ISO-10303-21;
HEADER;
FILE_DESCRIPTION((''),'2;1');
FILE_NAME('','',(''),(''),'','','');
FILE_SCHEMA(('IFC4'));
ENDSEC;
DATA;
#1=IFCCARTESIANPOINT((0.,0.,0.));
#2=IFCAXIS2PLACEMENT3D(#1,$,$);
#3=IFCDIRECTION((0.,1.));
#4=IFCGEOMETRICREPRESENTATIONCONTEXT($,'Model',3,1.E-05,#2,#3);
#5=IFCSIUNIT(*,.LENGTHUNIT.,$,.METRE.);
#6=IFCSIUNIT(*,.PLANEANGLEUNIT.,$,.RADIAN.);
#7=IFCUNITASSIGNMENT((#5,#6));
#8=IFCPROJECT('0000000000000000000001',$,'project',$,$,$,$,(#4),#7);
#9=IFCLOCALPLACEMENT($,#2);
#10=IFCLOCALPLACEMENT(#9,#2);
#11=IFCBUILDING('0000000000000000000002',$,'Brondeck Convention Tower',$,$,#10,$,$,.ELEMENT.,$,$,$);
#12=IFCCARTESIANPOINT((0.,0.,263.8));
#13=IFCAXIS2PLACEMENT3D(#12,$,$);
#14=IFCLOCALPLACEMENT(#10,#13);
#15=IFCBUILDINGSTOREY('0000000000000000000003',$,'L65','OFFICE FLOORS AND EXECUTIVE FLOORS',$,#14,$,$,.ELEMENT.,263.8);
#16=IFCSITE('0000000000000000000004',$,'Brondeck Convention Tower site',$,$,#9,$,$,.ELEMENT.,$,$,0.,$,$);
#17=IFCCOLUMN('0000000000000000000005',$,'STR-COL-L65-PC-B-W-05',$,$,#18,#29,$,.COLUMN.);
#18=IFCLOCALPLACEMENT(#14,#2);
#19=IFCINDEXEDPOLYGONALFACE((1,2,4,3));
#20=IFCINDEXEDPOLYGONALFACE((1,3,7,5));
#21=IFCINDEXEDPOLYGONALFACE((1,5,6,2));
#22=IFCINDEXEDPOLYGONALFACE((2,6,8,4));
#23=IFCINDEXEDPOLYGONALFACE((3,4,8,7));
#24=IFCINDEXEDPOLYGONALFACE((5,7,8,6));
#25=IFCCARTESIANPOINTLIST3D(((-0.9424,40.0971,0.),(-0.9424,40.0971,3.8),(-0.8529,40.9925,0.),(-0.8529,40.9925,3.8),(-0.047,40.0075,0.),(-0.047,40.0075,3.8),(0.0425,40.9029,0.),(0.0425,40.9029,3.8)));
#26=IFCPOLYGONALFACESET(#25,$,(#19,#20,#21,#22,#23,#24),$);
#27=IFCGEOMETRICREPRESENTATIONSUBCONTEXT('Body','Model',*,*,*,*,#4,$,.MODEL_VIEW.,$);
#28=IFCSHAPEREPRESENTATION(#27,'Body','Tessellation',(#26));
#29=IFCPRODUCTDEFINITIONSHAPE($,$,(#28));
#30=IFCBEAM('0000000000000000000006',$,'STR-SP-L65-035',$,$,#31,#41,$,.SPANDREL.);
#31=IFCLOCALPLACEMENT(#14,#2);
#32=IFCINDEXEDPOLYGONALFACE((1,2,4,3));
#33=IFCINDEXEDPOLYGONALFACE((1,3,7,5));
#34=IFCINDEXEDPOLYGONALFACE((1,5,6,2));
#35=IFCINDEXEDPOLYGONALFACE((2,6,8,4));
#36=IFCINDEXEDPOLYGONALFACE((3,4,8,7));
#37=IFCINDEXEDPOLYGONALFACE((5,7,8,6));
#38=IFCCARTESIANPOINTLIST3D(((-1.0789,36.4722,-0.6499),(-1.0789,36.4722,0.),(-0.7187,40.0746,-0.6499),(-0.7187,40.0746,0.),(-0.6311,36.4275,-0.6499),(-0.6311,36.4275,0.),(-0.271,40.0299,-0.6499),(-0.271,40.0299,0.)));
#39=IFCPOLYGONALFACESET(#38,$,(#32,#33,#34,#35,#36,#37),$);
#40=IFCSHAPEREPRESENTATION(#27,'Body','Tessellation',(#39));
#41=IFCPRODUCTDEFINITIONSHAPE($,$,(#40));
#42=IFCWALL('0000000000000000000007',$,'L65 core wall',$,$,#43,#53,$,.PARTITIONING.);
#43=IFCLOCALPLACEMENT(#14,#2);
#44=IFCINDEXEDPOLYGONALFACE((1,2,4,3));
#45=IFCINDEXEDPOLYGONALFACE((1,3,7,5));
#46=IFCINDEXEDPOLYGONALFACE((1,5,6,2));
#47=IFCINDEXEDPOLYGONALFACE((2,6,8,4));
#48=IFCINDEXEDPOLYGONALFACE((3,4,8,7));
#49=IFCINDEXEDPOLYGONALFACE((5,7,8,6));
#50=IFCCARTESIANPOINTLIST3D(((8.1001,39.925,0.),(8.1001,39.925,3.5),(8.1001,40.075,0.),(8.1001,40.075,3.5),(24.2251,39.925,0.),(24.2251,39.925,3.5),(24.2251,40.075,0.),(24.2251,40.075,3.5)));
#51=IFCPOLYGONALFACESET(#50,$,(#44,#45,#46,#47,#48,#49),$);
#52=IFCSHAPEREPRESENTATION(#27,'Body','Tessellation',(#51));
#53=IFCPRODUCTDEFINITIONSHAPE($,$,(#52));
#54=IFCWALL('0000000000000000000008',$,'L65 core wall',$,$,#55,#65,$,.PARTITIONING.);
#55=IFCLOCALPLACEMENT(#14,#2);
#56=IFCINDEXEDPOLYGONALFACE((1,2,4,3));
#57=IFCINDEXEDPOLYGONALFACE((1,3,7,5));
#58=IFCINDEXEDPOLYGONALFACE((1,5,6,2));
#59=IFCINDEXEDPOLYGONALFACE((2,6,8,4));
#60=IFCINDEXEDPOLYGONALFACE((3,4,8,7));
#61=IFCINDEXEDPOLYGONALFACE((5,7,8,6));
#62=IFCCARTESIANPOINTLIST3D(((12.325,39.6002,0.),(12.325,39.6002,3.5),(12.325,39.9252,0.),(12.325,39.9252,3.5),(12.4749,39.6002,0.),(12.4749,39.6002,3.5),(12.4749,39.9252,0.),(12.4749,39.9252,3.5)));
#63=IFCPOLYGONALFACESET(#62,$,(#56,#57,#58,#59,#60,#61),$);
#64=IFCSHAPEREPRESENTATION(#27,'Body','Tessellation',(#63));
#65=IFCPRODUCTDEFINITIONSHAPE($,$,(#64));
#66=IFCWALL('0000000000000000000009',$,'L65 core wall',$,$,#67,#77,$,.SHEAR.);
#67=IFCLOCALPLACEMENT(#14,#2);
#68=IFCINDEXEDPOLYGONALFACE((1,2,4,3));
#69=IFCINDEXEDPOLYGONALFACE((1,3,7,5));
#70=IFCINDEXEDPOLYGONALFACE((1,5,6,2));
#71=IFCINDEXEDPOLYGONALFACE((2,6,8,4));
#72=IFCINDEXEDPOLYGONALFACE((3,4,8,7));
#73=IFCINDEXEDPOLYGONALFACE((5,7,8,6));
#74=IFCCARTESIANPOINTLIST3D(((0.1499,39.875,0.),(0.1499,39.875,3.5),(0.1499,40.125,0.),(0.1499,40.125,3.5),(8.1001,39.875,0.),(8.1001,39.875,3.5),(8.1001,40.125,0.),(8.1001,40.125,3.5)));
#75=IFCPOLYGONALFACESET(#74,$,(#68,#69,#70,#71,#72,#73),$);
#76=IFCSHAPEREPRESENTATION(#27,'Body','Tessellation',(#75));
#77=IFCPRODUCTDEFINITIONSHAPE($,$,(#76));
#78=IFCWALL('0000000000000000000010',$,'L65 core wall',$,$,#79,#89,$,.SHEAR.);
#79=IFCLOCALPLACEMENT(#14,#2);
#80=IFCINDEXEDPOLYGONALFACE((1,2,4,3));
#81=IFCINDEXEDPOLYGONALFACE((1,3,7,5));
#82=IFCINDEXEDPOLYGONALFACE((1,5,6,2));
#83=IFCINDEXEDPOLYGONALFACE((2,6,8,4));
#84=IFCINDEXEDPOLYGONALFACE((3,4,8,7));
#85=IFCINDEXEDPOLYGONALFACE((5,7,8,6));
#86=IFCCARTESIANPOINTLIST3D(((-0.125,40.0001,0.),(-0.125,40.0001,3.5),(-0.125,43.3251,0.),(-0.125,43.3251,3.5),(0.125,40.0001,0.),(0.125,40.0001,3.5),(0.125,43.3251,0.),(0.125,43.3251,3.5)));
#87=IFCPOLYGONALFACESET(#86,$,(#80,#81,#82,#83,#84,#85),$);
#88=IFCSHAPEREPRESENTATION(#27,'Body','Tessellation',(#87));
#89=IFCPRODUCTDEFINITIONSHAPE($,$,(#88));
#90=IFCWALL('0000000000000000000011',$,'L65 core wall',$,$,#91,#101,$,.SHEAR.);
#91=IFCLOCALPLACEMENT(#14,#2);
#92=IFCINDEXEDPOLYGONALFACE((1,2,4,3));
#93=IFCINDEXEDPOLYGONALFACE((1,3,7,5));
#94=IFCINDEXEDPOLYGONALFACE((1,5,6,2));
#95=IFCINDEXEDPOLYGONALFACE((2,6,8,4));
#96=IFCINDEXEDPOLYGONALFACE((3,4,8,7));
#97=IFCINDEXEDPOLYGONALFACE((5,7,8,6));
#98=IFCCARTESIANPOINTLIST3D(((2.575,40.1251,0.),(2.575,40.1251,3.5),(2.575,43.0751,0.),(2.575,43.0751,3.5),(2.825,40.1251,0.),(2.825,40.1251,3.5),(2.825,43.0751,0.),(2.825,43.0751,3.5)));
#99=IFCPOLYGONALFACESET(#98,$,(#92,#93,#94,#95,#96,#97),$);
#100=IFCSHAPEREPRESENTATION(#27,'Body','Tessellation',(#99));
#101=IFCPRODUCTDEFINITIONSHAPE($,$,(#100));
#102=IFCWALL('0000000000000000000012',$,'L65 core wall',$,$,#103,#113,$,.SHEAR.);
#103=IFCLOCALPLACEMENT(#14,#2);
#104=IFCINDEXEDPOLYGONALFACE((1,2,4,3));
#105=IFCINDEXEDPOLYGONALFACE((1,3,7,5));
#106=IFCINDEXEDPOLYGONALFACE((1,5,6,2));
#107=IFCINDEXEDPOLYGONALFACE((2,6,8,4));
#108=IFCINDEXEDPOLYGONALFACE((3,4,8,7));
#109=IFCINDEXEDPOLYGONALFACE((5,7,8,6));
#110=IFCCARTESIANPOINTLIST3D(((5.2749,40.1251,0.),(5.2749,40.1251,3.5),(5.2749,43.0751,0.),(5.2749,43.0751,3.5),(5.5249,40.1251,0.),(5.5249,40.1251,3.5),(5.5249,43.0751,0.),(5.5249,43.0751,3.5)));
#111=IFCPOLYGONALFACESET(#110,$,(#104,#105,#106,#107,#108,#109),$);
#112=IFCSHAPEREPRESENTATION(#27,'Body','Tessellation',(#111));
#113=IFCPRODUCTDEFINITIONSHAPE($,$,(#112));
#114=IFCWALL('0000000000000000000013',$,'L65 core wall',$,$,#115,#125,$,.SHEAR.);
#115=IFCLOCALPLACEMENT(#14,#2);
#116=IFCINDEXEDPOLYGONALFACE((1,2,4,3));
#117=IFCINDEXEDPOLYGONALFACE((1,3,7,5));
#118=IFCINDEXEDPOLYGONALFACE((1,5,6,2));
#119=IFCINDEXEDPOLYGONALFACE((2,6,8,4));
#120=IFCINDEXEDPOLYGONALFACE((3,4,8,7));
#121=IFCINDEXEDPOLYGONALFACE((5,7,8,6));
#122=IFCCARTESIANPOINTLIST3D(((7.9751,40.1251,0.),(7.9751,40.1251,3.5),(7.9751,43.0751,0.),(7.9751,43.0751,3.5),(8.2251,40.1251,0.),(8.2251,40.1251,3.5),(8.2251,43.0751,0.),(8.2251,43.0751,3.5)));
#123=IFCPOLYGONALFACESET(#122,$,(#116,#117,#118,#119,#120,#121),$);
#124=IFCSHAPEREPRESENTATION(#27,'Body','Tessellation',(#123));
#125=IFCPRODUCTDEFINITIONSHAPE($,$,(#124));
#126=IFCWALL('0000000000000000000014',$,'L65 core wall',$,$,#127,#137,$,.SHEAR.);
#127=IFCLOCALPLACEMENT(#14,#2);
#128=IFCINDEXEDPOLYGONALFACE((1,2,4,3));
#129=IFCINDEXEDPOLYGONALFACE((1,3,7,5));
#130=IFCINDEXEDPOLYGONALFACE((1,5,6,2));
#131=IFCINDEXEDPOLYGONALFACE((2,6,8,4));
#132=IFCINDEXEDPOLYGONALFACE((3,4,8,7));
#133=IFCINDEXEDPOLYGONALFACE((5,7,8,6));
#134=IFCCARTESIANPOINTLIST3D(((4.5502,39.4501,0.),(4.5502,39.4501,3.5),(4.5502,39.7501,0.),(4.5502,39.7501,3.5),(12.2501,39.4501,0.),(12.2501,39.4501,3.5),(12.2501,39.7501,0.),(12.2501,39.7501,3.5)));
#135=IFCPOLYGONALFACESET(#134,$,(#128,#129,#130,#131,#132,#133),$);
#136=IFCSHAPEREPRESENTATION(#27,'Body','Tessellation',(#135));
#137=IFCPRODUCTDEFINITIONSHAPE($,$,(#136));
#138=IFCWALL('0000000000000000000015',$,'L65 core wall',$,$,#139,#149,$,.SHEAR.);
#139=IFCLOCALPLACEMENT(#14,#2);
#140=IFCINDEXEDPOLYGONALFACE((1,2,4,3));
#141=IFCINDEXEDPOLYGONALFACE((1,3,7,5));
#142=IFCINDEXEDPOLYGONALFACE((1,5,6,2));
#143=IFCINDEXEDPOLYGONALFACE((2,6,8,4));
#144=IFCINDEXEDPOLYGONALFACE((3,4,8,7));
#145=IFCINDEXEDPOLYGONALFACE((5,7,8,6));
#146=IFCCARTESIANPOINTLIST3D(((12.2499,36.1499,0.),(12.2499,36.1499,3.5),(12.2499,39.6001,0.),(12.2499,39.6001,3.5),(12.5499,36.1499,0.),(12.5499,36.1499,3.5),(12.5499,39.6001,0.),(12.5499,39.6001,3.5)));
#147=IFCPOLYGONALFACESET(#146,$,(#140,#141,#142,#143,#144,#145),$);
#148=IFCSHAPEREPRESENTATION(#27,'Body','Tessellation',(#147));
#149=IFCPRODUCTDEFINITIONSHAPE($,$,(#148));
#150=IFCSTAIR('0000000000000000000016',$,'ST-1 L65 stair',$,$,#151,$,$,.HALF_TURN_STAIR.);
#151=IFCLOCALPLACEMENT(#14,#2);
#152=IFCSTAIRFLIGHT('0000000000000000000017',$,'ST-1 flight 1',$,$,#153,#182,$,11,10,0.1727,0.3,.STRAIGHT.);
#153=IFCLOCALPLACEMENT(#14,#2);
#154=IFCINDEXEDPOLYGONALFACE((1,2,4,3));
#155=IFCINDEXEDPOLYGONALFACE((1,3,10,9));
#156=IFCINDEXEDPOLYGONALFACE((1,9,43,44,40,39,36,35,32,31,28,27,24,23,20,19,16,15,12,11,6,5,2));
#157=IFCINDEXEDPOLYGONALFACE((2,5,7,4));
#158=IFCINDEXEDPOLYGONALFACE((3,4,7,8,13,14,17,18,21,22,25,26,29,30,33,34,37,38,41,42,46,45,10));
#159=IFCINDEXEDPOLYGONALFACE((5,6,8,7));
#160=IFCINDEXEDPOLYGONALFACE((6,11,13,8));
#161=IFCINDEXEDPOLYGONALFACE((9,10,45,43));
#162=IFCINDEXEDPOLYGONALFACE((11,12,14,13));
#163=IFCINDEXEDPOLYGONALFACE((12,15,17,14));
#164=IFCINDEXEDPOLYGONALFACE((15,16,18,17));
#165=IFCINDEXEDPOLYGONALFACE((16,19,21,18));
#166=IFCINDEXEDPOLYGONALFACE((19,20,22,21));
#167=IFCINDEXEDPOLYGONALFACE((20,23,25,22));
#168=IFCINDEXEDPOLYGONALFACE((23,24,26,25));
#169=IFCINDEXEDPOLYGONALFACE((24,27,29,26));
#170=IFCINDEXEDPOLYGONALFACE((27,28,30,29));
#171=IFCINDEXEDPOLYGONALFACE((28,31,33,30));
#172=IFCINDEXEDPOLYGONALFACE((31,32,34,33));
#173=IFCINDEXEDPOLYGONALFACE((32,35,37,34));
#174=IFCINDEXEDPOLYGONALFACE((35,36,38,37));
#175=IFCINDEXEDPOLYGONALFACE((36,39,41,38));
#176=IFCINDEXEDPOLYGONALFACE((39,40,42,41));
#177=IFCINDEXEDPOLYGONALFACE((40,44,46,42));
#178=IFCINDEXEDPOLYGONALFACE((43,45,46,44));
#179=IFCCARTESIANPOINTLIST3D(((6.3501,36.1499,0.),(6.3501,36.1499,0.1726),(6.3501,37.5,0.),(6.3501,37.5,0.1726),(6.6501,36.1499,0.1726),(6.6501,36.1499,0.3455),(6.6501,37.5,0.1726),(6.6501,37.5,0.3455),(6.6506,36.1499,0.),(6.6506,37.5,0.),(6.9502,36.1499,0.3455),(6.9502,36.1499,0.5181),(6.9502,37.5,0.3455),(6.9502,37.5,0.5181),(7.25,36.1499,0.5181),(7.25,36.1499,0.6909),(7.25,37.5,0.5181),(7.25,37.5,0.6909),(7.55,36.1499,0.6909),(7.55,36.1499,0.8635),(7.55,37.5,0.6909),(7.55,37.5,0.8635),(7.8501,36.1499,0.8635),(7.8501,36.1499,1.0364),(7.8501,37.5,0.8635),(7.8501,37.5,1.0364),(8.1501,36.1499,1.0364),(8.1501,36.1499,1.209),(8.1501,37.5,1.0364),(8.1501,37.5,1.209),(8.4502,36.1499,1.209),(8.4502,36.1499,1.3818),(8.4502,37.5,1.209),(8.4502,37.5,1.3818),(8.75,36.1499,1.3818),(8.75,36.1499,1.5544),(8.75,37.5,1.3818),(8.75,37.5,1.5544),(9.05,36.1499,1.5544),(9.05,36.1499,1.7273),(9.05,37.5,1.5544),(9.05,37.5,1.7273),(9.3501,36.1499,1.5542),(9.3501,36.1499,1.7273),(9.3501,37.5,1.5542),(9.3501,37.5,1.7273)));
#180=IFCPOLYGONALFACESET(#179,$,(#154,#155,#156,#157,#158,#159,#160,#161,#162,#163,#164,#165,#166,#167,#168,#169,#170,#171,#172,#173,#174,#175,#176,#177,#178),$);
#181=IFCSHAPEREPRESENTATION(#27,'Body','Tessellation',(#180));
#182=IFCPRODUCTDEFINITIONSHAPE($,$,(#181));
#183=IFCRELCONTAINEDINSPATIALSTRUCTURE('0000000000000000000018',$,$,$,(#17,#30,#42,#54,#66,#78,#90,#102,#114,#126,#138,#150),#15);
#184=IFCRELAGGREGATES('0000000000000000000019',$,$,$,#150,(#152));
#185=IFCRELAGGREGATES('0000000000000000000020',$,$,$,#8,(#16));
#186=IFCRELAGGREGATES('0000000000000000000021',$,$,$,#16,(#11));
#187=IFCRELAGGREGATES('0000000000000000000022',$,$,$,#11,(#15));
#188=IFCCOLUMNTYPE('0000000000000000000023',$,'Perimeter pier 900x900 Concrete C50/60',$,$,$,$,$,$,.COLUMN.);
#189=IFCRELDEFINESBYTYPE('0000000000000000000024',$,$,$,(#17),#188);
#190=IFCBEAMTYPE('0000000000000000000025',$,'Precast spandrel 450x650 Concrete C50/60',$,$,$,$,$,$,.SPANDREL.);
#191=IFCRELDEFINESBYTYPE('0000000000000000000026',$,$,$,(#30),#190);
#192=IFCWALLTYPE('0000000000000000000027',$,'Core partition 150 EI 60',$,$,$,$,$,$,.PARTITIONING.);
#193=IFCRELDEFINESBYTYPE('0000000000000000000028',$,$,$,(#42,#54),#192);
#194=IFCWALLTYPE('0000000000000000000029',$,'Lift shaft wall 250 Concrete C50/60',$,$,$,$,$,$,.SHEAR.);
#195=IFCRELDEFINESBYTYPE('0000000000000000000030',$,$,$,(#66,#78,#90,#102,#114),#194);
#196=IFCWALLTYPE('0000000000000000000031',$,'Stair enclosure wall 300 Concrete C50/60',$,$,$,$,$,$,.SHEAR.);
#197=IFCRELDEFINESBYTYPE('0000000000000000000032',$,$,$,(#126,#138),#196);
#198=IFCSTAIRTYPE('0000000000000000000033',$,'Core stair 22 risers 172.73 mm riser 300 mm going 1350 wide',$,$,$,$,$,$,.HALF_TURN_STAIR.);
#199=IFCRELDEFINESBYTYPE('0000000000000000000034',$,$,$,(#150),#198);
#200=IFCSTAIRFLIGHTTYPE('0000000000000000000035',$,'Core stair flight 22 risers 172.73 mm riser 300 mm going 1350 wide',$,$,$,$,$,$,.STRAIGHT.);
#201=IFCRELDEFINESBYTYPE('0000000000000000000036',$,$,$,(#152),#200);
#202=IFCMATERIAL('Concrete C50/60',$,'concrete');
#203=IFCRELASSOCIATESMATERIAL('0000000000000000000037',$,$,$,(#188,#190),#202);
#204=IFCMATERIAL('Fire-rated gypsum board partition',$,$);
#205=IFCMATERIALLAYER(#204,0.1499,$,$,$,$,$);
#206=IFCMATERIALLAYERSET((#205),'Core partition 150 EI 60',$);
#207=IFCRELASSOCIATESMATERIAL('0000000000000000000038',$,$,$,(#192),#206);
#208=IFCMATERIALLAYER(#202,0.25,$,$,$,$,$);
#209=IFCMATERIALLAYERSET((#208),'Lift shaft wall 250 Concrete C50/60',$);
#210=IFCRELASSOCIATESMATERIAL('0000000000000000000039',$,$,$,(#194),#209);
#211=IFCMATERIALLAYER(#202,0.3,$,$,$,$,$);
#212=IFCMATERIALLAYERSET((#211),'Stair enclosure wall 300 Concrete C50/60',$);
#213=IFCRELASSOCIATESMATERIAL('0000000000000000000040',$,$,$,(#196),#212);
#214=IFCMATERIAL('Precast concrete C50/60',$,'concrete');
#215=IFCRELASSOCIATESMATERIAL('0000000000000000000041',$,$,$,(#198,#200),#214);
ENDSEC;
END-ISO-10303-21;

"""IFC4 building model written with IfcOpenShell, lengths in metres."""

from ifc_helpers import new_model, si_unit, direction, frame, frame_2d, origin, origin_2d, place, context, subcontext, project, spatial, polyline, rectangle, outline, extrude, material, layer, layer_set, material_profile, profile_set, type_object, element, aggregate, save


model = new_model("IFC4")

# Units and contexts
model_context = context("Model", 3, precision=1e-05, world=origin(), true_north=direction((0.0, 1.0)))
body_context = subcontext(model_context, "Body", "Model", "MODEL_VIEW")
ifc_project = project(units=[si_unit("LENGTHUNIT", "METRE"), si_unit("PLANEANGLEUNIT", "RADIAN")], contexts=[model_context])

# Site, building, storey
site_placement = place(None, origin())
site = spatial("IfcSite", under=ifc_project, at=site_placement, Name="Brondeck Convention Tower site", CompositionType="ELEMENT", RefElevation=0.0)
building_placement = place(site_placement, origin())
building = spatial("IfcBuilding", under=site, at=building_placement, Name="Brondeck Convention Tower", CompositionType="ELEMENT")
storey_placement = place(building_placement, frame((0.0, 0.0, 263.8)))
storey = spatial("IfcBuildingStorey", under=building, at=storey_placement, Name="L65", Description="OFFICE FLOORS AND EXECUTIVE FLOORS", CompositionType="ELEMENT", Elevation=263.8)

# Column
ifc_material_1 = material(Name="Concrete C50/60", Category="concrete")
ifc_material_profile_1 = material_profile(ifc_material_1, rectangle(XDim=0.8999, YDim=0.8999, at=origin_2d()), Name="Perimeter pier 900x900 Concrete C50/60")
ifc_profile_set_1 = profile_set([ifc_material_profile_1], Name="Concrete C50/60")
column_type = type_object("IfcColumnType", Name="Perimeter pier 900x900 Concrete C50/60", PredefinedType="COLUMN", material=ifc_profile_set_1)
column_placement = place(storey_placement, frame((-0.45, 40.5, 0.0), z_axis=(0.0, 0.0, 1.0), x_axis=(-0.099504, -0.995037, 0.0)))
element("IfcColumn", 1, at=column_placement, inside=storey, type_object=column_type, Name="STR-COL-L65-PC-B-W-05", PredefinedType="COLUMN", context=body_context, shape_type="SweptSolid", body=[
    extrude(rectangle(XDim=0.8999, YDim=0.8999, at=origin_2d()), origin(), (0.0, 0.0, 1.0), 3.8),
])

# Beam
ifc_material_profile_2 = material_profile(ifc_material_1, rectangle(XDim=0.45, YDim=0.6499, at=origin_2d()), Name="Precast spandrel 450x650 Concrete C50/60")
ifc_profile_set_2 = profile_set([ifc_material_profile_2], Name="Concrete C50/60")
beam_type = type_object("IfcBeamType", Name="Precast spandrel 450x650 Concrete C50/60", PredefinedType="SPANDREL", material=ifc_profile_set_2)
beam_placement = place(storey_placement, frame((-0.4949, 40.0522, -0.325), z_axis=(-0.09947, -0.995041, 0.0), x_axis=(0.995041, -0.09947, 0.0)))
element("IfcBeam", 2, at=beam_placement, inside=storey, type_object=beam_type, Name="STR-SP-L65-035", PredefinedType="SPANDREL", context=body_context, shape_type="SweptSolid", body=[
    extrude(rectangle(XDim=0.45, YDim=0.6499, at=origin_2d()), origin(), (0.0, 0.0, 1.0), 3.6204),
])

# Walls
ifc_material_2 = material(Name="Fire-rated gypsum board partition")
ifc_layer_1 = layer(ifc_material_2, 0.1499)
ifc_layer_set_1 = layer_set([ifc_layer_1], Name="Core partition 150 EI 60")
wall_type_1 = type_object("IfcWallType", Name="Core partition 150 EI 60", PredefinedType="PARTITIONING", material=ifc_layer_set_1)
wall_1_placement = place(storey_placement, frame((8.1001, 40.0, 0.0), z_axis=(0.0, 0.0, 1.0), x_axis=(1.0, 0.0, 0.0)))
element("IfcWall", 3, at=wall_1_placement, inside=storey, type_object=wall_type_1, Name="L65 core wall", PredefinedType="PARTITIONING", context=body_context, shape_type="SweptSolid", body=[
    extrude(rectangle(XDim=16.125, YDim=0.1499, at=frame_2d((8.0625, 0.0))), origin(), (0.0, 0.0, 1.0), 3.5),
])
wall_2_placement = place(storey_placement, frame((12.3999, 39.6001, 0.0), z_axis=(0.0, 0.0, 1.0), x_axis=(0.0, 1.0, 0.0)))
element("IfcWall", 4, at=wall_2_placement, inside=storey, type_object=wall_type_1, Name="L65 core wall", PredefinedType="PARTITIONING", context=body_context, shape_type="SweptSolid", body=[
    extrude(rectangle(XDim=0.325, YDim=0.1499, at=frame_2d((0.1626, 0.0))), origin(), (0.0, 0.0, 1.0), 3.5),
])
ifc_layer_2 = layer(ifc_material_1, 0.25)
ifc_layer_set_2 = layer_set([ifc_layer_2], Name="Lift shaft wall 250 Concrete C50/60")
wall_type_2 = type_object("IfcWallType", Name="Lift shaft wall 250 Concrete C50/60", PredefinedType="SHEAR", material=ifc_layer_set_2)
wall_3_placement = place(storey_placement, frame((0.1499, 40.0, 0.0), z_axis=(0.0, 0.0, 1.0), x_axis=(1.0, 0.0, 0.0)))
element("IfcWall", 5, at=wall_3_placement, inside=storey, type_object=wall_type_2, Name="L65 core wall", PredefinedType="SHEAR", context=body_context, shape_type="SweptSolid", body=[
    extrude(rectangle(XDim=7.9502, YDim=0.25, at=frame_2d((3.9751, 0.0))), origin(), (0.0, 0.0, 1.0), 3.5),
])
wall_4_placement = place(storey_placement, frame((0.0, 40.0, 0.0), z_axis=(0.0, 0.0, 1.0), x_axis=(0.0, 1.0, 0.0)))
element("IfcWall", 6, at=wall_4_placement, inside=storey, type_object=wall_type_2, Name="L65 core wall", PredefinedType="SHEAR", context=body_context, shape_type="SweptSolid", body=[
    extrude(rectangle(XDim=3.325, YDim=0.25, at=frame_2d((1.6626, 0.0))), origin(), (0.0, 0.0, 1.0), 3.5),
])
for number, where, z_axis, x_axis, name in (
    (7, (2.7, 40.125, 0.0), (0.0, 0.0, 1.0), (0.0, 1.0, 0.0), "L65 core wall"),
    (8, (5.3999, 40.125, 0.0), (0.0, 0.0, 1.0), (0.0, 1.0, 0.0), "L65 core wall"),
    (9, (8.1001, 40.125, 0.0), (0.0, 0.0, 1.0), (0.0, 1.0, 0.0), "L65 core wall"),
):
    element("IfcWall", number, at=place(storey_placement, frame(where, z_axis=z_axis, x_axis=x_axis)), inside=storey, type_object=wall_type_2, Name=name, PredefinedType="SHEAR", context=body_context, shape_type="SweptSolid", body=[
        extrude(rectangle(XDim=2.95, YDim=0.25, at=frame_2d((1.4751, 0.0))), origin(), (0.0, 0.0, 1.0), 3.5),
    ])
ifc_layer_3 = layer(ifc_material_1, 0.3)
ifc_layer_set_3 = layer_set([ifc_layer_3], Name="Stair enclosure wall 300 Concrete C50/60")
wall_type_3 = type_object("IfcWallType", Name="Stair enclosure wall 300 Concrete C50/60", PredefinedType="SHEAR", material=ifc_layer_set_3)
wall_5_placement = place(storey_placement, frame((4.55, 39.6001, 0.0), z_axis=(0.0, 0.0, 1.0), x_axis=(1.0, 0.0, 0.0)))
element("IfcWall", 10, at=wall_5_placement, inside=storey, type_object=wall_type_3, Name="L65 core wall", PredefinedType="SHEAR", context=body_context, shape_type="SweptSolid", body=[
    extrude(rectangle(XDim=7.7, YDim=0.3, at=frame_2d((3.8501, 0.0))), origin(), (0.0, 0.0, 1.0), 3.5),
])
wall_6_placement = place(storey_placement, frame((12.3999, 36.1499, 0.0), z_axis=(0.0, 0.0, 1.0), x_axis=(0.0, 1.0, 0.0)))
element("IfcWall", 11, at=wall_6_placement, inside=storey, type_object=wall_type_3, Name="L65 core wall", PredefinedType="SHEAR", context=body_context, shape_type="SweptSolid", body=[
    extrude(rectangle(XDim=3.4502, YDim=0.3, at=frame_2d((1.7251, 0.0))), origin(), (0.0, 0.0, 1.0), 3.5),
])

# Stair, stair flight
ifc_material_3 = material(Name="Precast concrete C50/60", Category="concrete")
stair_type = type_object("IfcStairType", Name="Core stair 22 risers 172.73 mm riser 300 mm going 1350 wide", PredefinedType="HALF_TURN_STAIR", material=ifc_material_3)
stair_placement = place(storey_placement, origin())
stair = element("IfcStair", 12, at=stair_placement, inside=storey, type_object=stair_type, Name="ST-1 L65 stair", PredefinedType="HALF_TURN_STAIR")
stair_flight_type = type_object("IfcStairFlightType", Name="Core stair flight 22 risers 172.73 mm riser 300 mm going 1350 wide", PredefinedType="STRAIGHT", material=ifc_material_3)
stair_flight_1_placement = place(storey_placement, frame((6.3501, 36.825, 0.0), z_axis=(0.0, 0.0, 1.0), x_axis=(1.0, 0.0, 0.0)))
stair_flight_1 = element("IfcStairFlight", 13, at=stair_flight_1_placement, type_object=stair_flight_type, Name="ST-1 flight 1", NumberOfRisers=11, NumberOfTreads=10, PredefinedType="STRAIGHT", RiserHeight=0.1727, TreadLength=0.3, context=body_context, shape_type="SweptSolid", body=[
    extrude(outline(polyline([(0.0, 0.0), (0.0, 0.1726), (0.3, 0.1726), (0.3, 0.3455), (0.6001, 0.3455), (0.6001, 0.5181), (0.8999, 0.5181), (0.8999, 0.6909), (1.2, 0.6909), (1.2, 0.8635), (1.5, 0.8635), (1.5, 1.0364), (1.8, 1.0364), (1.8, 1.209), (2.1001, 1.209), (2.1001, 1.3818), (2.3999, 1.3818), (2.3999, 1.5544), (2.7, 1.5544), (2.7, 1.7273), (3.0, 1.7273), (3.0, 1.8999), (3.0, 1.5542), (0.3005, 0.0), (0.0, 0.0)])), frame((0.0, 0.675, 0.0), z_axis=(0.0, -1.0, 0.0), x_axis=(1.0, 0.0, 0.0)), (0.0, 0.0, 1.0), 1.3501),
])
aggregate(stair, [stair_flight_1])

save(model, "model.ifc")
